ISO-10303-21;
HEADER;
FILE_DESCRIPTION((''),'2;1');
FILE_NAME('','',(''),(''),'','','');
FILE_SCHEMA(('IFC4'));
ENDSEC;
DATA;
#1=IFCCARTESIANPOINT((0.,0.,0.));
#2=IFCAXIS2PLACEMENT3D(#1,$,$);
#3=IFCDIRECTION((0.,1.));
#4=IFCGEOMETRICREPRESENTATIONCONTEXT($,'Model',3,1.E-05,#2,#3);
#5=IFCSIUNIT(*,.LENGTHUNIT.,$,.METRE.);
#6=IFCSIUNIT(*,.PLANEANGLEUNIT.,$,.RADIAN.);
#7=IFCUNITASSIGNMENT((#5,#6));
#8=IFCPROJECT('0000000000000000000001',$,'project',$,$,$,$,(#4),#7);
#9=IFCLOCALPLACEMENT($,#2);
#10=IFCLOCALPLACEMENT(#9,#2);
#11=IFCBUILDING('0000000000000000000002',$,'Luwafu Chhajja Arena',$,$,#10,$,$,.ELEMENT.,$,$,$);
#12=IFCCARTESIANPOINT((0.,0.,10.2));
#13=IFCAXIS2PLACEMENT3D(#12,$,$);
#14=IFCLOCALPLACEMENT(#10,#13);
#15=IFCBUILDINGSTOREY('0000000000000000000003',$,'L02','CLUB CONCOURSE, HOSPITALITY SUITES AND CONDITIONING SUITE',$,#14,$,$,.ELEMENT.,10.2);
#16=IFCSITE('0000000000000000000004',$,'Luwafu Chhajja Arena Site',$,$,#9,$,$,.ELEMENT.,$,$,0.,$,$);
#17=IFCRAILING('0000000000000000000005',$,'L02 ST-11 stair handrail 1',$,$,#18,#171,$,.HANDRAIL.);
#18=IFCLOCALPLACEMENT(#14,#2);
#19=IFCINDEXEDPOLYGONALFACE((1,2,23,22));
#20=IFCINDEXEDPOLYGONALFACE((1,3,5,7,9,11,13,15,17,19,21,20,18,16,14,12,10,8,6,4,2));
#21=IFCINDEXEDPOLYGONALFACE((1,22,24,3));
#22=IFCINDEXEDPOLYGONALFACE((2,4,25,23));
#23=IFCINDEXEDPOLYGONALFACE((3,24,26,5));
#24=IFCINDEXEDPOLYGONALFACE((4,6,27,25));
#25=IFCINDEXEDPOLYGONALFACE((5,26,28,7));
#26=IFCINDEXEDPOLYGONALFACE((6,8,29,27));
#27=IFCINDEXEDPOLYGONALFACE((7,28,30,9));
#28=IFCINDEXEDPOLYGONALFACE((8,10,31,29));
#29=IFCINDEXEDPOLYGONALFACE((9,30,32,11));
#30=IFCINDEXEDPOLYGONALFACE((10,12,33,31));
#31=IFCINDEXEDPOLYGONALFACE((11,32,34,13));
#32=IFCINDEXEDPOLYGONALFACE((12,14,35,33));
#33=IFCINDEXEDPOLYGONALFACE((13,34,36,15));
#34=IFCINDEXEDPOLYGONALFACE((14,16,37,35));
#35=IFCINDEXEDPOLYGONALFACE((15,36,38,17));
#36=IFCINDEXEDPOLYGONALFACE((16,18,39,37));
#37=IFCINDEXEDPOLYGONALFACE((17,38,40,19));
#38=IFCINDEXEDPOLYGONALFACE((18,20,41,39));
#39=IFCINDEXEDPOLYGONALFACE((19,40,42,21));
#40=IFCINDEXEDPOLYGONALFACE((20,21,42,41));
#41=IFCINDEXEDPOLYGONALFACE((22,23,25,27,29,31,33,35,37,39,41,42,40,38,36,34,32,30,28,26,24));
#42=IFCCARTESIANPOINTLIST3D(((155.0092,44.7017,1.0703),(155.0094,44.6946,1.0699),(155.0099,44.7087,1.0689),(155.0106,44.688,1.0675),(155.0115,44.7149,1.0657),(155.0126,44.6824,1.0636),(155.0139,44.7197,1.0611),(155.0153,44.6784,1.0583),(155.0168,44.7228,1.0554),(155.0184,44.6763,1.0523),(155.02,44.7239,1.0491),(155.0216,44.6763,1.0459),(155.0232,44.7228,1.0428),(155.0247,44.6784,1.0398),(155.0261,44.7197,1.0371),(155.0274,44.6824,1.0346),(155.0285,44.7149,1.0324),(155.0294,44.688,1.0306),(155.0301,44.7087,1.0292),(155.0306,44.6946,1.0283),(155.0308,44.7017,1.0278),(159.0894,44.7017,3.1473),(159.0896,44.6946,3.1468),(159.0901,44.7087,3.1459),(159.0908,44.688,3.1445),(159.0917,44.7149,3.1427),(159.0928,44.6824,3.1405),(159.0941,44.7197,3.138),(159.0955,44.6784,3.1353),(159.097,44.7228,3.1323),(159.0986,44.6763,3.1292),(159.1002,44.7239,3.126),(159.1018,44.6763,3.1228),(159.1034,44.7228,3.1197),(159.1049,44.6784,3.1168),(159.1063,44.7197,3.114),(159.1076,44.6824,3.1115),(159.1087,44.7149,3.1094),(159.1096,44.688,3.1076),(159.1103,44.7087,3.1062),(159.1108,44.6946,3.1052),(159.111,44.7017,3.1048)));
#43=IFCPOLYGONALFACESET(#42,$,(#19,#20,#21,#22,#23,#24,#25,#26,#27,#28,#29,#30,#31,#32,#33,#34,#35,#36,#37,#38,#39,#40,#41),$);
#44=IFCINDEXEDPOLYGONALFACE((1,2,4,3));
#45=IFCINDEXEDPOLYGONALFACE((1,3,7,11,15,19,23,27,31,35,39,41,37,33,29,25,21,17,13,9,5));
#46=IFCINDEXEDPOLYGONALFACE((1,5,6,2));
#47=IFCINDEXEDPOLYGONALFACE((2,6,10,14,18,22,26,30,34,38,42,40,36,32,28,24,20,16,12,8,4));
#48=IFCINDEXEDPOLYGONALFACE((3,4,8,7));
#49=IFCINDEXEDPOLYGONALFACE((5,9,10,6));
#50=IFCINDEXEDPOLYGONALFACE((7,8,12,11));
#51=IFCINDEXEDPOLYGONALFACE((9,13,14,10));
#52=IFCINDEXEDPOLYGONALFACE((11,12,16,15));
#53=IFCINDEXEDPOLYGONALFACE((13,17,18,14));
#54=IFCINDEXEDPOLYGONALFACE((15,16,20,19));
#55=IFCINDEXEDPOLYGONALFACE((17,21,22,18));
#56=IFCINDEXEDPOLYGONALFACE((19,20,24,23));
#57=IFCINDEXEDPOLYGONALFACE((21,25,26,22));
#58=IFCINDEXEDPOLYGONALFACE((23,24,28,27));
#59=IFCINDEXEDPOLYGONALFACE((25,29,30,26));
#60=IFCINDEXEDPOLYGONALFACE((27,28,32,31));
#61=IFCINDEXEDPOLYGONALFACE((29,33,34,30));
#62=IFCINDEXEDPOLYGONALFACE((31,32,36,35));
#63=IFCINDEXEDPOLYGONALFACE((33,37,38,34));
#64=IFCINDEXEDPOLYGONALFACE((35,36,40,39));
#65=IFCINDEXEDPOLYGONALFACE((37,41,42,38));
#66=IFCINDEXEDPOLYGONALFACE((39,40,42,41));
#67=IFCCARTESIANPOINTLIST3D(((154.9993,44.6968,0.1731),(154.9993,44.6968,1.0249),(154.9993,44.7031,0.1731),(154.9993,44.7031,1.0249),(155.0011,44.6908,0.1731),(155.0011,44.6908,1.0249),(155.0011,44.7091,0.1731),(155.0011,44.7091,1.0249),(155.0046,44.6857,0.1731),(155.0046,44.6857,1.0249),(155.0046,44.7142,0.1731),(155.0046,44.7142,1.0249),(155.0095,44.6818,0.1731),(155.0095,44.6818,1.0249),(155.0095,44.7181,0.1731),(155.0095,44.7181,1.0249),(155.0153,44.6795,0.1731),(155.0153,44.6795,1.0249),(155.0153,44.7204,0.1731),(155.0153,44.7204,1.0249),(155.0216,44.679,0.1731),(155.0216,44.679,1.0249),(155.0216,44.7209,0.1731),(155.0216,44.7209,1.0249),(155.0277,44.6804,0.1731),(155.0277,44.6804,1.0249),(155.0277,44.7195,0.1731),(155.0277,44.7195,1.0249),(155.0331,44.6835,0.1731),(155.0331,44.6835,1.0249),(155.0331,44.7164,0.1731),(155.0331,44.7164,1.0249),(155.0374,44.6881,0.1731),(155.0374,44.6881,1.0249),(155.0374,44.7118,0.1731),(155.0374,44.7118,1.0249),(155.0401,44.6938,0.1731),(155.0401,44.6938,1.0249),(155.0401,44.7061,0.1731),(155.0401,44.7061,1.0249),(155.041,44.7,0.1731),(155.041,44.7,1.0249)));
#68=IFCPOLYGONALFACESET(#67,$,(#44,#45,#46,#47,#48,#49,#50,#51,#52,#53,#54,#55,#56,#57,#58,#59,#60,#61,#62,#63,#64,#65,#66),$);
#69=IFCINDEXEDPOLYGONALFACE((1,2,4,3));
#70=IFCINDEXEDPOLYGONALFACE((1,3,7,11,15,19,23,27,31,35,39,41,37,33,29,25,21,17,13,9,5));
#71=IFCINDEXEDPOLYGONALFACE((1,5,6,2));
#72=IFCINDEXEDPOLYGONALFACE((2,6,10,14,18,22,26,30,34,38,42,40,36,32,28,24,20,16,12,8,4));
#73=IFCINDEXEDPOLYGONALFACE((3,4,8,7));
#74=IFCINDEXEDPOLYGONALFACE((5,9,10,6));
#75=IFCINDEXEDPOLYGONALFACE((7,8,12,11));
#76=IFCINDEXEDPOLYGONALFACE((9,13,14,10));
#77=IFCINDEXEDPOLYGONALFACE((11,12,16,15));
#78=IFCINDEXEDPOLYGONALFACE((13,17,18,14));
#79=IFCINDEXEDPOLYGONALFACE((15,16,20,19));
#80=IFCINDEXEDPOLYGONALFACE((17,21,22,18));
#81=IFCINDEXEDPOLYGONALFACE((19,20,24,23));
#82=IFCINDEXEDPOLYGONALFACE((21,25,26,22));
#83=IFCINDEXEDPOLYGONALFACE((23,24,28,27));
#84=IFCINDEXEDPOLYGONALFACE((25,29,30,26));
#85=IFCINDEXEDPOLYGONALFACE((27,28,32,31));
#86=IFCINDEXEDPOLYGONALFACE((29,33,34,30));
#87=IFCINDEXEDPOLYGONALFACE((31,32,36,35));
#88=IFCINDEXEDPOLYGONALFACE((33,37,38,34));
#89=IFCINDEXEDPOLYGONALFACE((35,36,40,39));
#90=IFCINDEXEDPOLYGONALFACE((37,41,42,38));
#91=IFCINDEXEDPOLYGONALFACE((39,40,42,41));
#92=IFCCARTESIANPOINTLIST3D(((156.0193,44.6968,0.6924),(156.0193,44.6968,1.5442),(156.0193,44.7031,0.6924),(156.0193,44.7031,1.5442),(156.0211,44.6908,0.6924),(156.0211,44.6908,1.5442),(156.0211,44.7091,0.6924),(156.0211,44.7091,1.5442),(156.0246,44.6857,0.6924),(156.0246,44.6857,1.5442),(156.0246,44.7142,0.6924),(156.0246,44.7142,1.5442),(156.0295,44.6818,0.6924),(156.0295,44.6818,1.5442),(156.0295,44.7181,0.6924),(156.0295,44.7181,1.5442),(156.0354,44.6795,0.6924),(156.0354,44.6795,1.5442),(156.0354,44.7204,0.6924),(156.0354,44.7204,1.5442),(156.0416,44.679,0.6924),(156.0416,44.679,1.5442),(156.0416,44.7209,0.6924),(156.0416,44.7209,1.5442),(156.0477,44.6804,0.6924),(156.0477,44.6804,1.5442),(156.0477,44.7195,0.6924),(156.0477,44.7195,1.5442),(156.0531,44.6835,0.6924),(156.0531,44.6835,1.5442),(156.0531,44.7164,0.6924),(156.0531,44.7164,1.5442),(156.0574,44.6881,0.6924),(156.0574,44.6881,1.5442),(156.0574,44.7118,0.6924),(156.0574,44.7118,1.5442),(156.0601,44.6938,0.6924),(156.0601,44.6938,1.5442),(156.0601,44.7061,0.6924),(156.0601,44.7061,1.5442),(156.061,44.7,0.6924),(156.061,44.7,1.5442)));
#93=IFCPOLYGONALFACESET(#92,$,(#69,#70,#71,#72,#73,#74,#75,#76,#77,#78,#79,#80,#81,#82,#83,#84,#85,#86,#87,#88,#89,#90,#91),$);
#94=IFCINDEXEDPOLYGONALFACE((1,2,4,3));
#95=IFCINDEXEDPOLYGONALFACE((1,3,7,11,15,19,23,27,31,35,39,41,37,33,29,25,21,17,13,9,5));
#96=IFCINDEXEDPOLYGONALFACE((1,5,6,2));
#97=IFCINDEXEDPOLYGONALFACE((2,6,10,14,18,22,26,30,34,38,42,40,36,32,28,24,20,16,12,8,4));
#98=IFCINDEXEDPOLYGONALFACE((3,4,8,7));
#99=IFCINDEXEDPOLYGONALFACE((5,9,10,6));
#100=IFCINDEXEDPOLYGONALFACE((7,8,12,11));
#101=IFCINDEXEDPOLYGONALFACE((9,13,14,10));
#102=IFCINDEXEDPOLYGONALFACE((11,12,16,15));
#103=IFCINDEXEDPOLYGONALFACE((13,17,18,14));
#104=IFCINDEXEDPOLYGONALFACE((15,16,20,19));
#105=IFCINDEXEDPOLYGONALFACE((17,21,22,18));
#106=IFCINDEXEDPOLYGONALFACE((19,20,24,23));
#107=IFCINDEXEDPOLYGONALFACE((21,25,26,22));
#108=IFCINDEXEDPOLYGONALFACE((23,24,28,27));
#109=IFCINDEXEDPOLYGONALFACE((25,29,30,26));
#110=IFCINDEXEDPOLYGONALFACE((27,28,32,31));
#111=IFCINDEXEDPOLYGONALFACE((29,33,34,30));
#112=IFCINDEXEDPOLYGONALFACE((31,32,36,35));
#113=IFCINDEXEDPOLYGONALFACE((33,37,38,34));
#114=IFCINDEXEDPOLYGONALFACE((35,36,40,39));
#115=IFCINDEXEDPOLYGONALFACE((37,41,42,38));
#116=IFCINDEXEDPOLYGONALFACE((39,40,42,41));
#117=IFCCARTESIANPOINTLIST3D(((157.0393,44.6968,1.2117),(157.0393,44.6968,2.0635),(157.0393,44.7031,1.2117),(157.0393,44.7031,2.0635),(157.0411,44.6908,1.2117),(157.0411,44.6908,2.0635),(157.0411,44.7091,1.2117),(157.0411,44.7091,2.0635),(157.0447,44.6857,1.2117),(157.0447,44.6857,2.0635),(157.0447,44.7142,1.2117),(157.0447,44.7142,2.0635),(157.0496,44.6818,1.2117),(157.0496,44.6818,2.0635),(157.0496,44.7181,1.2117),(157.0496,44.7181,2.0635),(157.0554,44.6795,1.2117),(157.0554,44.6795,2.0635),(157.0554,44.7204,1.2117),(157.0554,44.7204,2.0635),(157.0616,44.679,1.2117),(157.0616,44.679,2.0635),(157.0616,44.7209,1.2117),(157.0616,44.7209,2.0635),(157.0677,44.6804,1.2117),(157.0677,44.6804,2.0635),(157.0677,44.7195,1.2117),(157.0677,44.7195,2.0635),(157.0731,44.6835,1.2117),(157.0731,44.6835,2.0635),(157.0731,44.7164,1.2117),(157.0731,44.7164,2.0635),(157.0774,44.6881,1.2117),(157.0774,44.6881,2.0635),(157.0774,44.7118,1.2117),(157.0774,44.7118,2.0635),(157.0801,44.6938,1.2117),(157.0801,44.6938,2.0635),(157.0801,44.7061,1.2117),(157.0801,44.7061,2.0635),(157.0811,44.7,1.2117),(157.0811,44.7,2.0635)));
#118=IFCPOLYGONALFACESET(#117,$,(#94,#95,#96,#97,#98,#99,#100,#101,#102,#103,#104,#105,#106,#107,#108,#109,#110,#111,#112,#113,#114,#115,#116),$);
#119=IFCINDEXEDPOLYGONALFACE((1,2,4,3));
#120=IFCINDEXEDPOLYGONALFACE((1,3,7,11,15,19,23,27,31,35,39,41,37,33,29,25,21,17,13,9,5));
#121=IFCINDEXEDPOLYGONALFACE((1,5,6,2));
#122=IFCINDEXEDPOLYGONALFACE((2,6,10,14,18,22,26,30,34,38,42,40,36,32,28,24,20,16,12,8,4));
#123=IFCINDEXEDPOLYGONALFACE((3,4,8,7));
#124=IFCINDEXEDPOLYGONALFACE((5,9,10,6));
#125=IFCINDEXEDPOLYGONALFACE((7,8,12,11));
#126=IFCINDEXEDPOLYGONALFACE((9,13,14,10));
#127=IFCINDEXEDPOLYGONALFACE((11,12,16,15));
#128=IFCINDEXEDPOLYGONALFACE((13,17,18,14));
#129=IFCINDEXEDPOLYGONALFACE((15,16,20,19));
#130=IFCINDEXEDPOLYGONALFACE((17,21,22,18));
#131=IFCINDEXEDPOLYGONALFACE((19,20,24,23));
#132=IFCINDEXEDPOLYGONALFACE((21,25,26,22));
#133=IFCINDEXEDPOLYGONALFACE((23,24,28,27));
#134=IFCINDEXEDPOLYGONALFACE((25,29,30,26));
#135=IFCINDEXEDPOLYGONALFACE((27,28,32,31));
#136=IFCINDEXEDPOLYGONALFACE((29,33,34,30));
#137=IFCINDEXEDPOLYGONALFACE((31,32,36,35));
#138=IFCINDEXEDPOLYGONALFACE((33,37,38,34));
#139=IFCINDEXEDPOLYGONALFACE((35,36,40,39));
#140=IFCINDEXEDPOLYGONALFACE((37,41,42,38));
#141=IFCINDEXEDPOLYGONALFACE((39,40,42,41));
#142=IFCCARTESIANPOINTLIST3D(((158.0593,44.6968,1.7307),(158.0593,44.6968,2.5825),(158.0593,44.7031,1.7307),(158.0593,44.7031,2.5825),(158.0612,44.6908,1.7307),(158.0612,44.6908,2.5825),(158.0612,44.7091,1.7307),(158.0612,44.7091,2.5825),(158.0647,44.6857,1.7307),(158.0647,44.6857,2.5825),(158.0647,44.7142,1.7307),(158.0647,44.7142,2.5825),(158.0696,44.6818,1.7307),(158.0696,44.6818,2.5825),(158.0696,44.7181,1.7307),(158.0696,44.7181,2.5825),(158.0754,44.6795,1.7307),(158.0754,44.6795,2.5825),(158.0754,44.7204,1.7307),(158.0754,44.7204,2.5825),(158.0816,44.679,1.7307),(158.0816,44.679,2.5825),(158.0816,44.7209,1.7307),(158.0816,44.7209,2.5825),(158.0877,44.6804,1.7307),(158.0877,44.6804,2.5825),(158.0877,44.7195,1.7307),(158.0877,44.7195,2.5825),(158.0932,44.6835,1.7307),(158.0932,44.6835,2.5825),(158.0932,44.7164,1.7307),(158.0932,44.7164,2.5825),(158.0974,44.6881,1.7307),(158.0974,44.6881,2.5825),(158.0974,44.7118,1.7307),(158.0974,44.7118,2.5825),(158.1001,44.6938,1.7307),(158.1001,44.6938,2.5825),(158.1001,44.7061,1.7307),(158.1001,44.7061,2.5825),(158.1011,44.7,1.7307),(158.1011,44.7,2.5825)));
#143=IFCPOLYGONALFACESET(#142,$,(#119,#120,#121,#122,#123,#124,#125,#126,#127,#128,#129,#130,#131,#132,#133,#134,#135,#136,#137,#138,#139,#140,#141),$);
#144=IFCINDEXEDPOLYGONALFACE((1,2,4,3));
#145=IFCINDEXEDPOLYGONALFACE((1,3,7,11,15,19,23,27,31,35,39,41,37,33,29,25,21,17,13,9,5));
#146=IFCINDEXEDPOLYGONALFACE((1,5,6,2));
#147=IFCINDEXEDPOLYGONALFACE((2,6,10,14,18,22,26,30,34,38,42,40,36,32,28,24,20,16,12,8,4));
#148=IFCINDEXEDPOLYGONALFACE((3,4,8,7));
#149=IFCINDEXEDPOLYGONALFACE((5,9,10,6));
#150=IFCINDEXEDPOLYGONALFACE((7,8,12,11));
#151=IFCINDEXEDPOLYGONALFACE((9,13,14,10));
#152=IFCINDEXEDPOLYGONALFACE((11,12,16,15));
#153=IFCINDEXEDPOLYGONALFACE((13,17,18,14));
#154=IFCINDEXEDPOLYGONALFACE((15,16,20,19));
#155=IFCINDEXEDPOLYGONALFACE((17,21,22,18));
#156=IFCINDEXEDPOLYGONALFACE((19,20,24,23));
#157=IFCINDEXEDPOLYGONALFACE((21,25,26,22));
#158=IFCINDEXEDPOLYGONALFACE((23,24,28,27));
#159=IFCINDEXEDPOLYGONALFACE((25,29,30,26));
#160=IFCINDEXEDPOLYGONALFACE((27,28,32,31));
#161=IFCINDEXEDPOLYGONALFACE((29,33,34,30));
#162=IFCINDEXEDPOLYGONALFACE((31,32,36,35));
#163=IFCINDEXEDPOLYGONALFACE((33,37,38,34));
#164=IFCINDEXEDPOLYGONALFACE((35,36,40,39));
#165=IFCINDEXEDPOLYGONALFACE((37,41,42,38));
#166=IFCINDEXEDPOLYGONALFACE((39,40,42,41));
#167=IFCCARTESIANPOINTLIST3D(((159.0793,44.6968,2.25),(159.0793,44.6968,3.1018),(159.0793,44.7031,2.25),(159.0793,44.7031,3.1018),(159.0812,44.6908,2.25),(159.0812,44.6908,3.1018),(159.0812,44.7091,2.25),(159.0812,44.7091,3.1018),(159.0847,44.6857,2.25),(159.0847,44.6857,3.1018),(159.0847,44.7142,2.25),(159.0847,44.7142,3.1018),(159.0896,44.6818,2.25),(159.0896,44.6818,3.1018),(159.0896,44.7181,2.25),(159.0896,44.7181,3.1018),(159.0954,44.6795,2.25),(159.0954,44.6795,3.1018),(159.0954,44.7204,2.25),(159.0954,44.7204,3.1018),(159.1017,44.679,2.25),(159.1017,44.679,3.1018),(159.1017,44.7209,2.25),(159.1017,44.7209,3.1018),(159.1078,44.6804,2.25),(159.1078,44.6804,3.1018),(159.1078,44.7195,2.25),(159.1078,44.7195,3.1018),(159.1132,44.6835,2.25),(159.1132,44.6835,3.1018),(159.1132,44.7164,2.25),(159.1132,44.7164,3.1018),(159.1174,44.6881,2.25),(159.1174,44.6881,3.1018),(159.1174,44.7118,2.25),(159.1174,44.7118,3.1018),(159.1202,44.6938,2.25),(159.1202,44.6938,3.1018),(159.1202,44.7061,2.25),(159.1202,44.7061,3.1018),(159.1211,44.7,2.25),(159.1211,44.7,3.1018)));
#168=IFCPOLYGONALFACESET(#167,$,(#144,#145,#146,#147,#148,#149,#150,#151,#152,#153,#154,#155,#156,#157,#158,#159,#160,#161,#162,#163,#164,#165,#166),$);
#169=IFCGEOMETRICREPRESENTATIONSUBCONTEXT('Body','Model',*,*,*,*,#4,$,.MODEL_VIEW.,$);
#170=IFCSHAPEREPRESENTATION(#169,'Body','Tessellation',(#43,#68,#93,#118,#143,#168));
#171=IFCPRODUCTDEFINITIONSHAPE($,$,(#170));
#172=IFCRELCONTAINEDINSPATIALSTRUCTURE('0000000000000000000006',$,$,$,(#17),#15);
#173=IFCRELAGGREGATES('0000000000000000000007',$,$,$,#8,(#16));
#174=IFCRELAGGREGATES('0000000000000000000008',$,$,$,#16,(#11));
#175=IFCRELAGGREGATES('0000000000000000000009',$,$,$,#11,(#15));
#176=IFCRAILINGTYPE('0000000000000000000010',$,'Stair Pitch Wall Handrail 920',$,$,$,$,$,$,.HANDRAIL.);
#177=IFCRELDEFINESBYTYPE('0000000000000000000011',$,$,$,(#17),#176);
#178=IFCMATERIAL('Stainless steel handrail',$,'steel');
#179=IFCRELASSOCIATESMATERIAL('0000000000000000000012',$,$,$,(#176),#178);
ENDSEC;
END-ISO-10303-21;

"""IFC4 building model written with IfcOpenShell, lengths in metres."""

from ifc_helpers import new_model, si_unit, direction, frame, origin, origin_2d, place, context, subcontext, project, spatial, circle, extrude, material, type_object, element, save


model = new_model("IFC4")

# Units and contexts
model_context = context("Model", 3, precision=1e-05, world=origin(), true_north=direction((0.0, 1.0)))
body_context = subcontext(model_context, "Body", "Model", "MODEL_VIEW")
ifc_project = project(units=[si_unit("LENGTHUNIT", "METRE"), si_unit("PLANEANGLEUNIT", "RADIAN")], contexts=[model_context])

# Site, building, storey
site_placement = place(None, origin())
site = spatial("IfcSite", under=ifc_project, at=site_placement, Name="Luwafu Chhajja Arena Site", CompositionType="ELEMENT", RefElevation=0.0)
building_placement = place(site_placement, origin())
building = spatial("IfcBuilding", under=site, at=building_placement, Name="Luwafu Chhajja Arena", CompositionType="ELEMENT")
storey_placement = place(building_placement, frame((0.0, 0.0, 10.2)))
storey = spatial("IfcBuildingStorey", under=building, at=storey_placement, Name="L02", Description="CLUB CONCOURSE, HOSPITALITY SUITES AND CONDITIONING SUITE", CompositionType="ELEMENT", Elevation=10.2)

# Railing
ifc_material_1 = material(Name="Stainless steel handrail", Category="steel")
railing_type_1 = type_object("IfcRailingType", Name="Stair Pitch Wall Handrail 920", PredefinedType="HANDRAIL", material=ifc_material_1)
railing_1_placement = place(storey_placement, frame((155.02, 44.7, 0.1731)))
element("IfcRailing", 1, at=railing_1_placement, inside=storey, type_object=railing_type_1, Name="L02 ST-11 stair handrail 1", PredefinedType="HANDRAIL", context=body_context, shape_type="SweptSolid", body=[
    extrude(circle(Radius=0.0239, at=origin_2d()), frame((0.0, 0.0, 0.876), z_axis=(0.891183, 0.0, 0.453644), x_axis=(0.0, 1.0, 0.0)), (0.0, 0.0, 1.0), 4.5784),
    extrude(circle(Radius=0.021, at=origin_2d()), origin(), (0.0, 0.0, 1.0), 0.8518),
    extrude(circle(Radius=0.021, at=origin_2d()), frame((1.02, 0.0, 0.5193)), (0.0, 0.0, 1.0), 0.8518),
    extrude(circle(Radius=0.021, at=origin_2d()), frame((2.04, 0.0, 1.0386)), (0.0, 0.0, 1.0), 0.8518),
    extrude(circle(Radius=0.021, at=origin_2d()), frame((3.0601, 0.0, 1.5576)), (0.0, 0.0, 1.0), 0.8518),
    extrude(circle(Radius=0.021, at=origin_2d()), frame((4.0801, 0.0, 2.0769)), (0.0, 0.0, 1.0), 0.8518),
])

save(model, "model.ifc")
